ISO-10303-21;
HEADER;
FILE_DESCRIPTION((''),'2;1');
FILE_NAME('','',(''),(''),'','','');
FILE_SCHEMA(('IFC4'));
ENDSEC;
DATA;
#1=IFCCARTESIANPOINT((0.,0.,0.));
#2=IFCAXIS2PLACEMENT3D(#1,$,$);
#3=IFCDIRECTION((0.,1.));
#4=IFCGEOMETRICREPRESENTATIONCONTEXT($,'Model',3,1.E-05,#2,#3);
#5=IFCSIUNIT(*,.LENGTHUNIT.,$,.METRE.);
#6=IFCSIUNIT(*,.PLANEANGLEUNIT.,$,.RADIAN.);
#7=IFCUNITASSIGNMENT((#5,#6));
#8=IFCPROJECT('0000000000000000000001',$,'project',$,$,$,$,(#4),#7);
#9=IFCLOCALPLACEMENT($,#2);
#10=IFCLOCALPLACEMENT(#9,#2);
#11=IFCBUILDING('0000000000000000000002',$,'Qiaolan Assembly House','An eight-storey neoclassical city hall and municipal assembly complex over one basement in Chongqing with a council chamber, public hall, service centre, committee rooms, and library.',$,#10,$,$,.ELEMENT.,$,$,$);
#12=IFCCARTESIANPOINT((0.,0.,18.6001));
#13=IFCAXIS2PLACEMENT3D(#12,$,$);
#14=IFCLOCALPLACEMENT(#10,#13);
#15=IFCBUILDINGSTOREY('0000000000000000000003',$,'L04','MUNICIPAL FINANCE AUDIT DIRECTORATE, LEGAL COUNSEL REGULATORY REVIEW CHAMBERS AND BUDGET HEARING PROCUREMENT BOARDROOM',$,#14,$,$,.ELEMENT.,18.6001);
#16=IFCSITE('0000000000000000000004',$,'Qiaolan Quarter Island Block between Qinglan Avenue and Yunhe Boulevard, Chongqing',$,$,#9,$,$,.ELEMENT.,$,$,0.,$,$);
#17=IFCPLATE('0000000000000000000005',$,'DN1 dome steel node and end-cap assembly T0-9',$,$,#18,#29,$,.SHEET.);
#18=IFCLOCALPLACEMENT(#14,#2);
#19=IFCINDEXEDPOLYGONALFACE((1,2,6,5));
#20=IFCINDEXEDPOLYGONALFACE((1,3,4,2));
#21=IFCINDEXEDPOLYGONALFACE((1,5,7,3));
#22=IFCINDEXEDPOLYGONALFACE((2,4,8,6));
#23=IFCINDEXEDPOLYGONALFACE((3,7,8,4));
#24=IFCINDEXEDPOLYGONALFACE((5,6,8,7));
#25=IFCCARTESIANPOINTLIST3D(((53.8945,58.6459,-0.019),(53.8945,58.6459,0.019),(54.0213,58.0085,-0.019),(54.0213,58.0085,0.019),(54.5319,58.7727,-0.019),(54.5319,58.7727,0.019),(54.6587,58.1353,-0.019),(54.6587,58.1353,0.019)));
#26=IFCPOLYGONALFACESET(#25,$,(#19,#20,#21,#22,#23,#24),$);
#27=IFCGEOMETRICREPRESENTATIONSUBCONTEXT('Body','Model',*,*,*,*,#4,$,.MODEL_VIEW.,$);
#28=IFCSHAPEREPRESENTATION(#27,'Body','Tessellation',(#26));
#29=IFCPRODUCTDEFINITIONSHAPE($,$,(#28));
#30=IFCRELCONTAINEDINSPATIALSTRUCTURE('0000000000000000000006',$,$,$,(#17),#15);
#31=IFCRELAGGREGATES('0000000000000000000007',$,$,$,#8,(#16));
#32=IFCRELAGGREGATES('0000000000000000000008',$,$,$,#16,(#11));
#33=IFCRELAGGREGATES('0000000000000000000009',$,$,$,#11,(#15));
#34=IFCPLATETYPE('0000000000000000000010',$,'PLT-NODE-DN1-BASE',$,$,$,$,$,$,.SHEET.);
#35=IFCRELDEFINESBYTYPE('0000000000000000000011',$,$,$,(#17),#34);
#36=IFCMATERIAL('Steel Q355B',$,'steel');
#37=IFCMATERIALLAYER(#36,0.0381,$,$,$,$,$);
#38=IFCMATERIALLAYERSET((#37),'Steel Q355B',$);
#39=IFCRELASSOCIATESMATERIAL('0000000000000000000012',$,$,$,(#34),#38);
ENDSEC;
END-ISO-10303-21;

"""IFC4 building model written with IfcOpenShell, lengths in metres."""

from ifc_helpers import new_model, si_unit, direction, frame, origin, origin_2d, place, context, subcontext, project, spatial, rectangle, extrude, material, layer, layer_set, type_object, element, save


model = new_model("IFC4")

# Units and contexts
model_context = context("Model", 3, precision=1e-05, world=origin(), true_north=direction((0.0, 1.0)))
body_context = subcontext(model_context, "Body", "Model", "MODEL_VIEW")
ifc_project = project(units=[si_unit("LENGTHUNIT", "METRE"), si_unit("PLANEANGLEUNIT", "RADIAN")], contexts=[model_context])

# Site, building, storey
site_placement = place(None, origin())
site = spatial("IfcSite", under=ifc_project, at=site_placement, Name="Qiaolan Quarter Island Block between Qinglan Avenue and Yunhe Boulevard, Chongqing", CompositionType="ELEMENT", RefElevation=0.0)
building_placement = place(site_placement, origin())
building = spatial("IfcBuilding", under=site, at=building_placement, Name="Qiaolan Assembly House", Description="An eight-storey neoclassical city hall and municipal assembly complex over one basement in Chongqing with a council chamber, public hall, service centre, committee rooms, and library.", CompositionType="ELEMENT")
storey_placement = place(building_placement, frame((0.0, 0.0, 18.6001)))
storey = spatial("IfcBuildingStorey", under=building, at=storey_placement, Name="L04", Description="MUNICIPAL FINANCE AUDIT DIRECTORATE, LEGAL COUNSEL REGULATORY REVIEW CHAMBERS AND BUDGET HEARING PROCUREMENT BOARDROOM", CompositionType="ELEMENT", Elevation=18.6001)

# Shared definitions
ifc_material_1 = material(Name="Steel Q355B", Category="steel")

# Plate
ifc_layer_1 = layer(ifc_material_1, 0.0381)
ifc_layer_set_1 = layer_set([ifc_layer_1], Name="Steel Q355B")
plate_type_1 = type_object("IfcPlateType", Name="PLT-NODE-DN1-BASE", PredefinedType="SHEET", material=ifc_layer_set_1)
plate_1_placement = place(storey_placement, frame((54.2766, 58.3906, -0.019), z_axis=(0.0, 0.0, 1.0), x_axis=(-0.980785, -0.19509, 0.0)))
element("IfcPlate", 1, at=plate_1_placement, inside=storey, type_object=plate_type_1, Name="DN1 dome steel node and end-cap assembly T0-9", PredefinedType="SHEET", context=body_context, shape_type="SweptSolid", body=[
    extrude(rectangle(XDim=0.6499, YDim=0.6499, at=origin_2d()), origin(), (0.0, 0.0, 1.0), 0.0381),
])

save(model, "model.ifc")
